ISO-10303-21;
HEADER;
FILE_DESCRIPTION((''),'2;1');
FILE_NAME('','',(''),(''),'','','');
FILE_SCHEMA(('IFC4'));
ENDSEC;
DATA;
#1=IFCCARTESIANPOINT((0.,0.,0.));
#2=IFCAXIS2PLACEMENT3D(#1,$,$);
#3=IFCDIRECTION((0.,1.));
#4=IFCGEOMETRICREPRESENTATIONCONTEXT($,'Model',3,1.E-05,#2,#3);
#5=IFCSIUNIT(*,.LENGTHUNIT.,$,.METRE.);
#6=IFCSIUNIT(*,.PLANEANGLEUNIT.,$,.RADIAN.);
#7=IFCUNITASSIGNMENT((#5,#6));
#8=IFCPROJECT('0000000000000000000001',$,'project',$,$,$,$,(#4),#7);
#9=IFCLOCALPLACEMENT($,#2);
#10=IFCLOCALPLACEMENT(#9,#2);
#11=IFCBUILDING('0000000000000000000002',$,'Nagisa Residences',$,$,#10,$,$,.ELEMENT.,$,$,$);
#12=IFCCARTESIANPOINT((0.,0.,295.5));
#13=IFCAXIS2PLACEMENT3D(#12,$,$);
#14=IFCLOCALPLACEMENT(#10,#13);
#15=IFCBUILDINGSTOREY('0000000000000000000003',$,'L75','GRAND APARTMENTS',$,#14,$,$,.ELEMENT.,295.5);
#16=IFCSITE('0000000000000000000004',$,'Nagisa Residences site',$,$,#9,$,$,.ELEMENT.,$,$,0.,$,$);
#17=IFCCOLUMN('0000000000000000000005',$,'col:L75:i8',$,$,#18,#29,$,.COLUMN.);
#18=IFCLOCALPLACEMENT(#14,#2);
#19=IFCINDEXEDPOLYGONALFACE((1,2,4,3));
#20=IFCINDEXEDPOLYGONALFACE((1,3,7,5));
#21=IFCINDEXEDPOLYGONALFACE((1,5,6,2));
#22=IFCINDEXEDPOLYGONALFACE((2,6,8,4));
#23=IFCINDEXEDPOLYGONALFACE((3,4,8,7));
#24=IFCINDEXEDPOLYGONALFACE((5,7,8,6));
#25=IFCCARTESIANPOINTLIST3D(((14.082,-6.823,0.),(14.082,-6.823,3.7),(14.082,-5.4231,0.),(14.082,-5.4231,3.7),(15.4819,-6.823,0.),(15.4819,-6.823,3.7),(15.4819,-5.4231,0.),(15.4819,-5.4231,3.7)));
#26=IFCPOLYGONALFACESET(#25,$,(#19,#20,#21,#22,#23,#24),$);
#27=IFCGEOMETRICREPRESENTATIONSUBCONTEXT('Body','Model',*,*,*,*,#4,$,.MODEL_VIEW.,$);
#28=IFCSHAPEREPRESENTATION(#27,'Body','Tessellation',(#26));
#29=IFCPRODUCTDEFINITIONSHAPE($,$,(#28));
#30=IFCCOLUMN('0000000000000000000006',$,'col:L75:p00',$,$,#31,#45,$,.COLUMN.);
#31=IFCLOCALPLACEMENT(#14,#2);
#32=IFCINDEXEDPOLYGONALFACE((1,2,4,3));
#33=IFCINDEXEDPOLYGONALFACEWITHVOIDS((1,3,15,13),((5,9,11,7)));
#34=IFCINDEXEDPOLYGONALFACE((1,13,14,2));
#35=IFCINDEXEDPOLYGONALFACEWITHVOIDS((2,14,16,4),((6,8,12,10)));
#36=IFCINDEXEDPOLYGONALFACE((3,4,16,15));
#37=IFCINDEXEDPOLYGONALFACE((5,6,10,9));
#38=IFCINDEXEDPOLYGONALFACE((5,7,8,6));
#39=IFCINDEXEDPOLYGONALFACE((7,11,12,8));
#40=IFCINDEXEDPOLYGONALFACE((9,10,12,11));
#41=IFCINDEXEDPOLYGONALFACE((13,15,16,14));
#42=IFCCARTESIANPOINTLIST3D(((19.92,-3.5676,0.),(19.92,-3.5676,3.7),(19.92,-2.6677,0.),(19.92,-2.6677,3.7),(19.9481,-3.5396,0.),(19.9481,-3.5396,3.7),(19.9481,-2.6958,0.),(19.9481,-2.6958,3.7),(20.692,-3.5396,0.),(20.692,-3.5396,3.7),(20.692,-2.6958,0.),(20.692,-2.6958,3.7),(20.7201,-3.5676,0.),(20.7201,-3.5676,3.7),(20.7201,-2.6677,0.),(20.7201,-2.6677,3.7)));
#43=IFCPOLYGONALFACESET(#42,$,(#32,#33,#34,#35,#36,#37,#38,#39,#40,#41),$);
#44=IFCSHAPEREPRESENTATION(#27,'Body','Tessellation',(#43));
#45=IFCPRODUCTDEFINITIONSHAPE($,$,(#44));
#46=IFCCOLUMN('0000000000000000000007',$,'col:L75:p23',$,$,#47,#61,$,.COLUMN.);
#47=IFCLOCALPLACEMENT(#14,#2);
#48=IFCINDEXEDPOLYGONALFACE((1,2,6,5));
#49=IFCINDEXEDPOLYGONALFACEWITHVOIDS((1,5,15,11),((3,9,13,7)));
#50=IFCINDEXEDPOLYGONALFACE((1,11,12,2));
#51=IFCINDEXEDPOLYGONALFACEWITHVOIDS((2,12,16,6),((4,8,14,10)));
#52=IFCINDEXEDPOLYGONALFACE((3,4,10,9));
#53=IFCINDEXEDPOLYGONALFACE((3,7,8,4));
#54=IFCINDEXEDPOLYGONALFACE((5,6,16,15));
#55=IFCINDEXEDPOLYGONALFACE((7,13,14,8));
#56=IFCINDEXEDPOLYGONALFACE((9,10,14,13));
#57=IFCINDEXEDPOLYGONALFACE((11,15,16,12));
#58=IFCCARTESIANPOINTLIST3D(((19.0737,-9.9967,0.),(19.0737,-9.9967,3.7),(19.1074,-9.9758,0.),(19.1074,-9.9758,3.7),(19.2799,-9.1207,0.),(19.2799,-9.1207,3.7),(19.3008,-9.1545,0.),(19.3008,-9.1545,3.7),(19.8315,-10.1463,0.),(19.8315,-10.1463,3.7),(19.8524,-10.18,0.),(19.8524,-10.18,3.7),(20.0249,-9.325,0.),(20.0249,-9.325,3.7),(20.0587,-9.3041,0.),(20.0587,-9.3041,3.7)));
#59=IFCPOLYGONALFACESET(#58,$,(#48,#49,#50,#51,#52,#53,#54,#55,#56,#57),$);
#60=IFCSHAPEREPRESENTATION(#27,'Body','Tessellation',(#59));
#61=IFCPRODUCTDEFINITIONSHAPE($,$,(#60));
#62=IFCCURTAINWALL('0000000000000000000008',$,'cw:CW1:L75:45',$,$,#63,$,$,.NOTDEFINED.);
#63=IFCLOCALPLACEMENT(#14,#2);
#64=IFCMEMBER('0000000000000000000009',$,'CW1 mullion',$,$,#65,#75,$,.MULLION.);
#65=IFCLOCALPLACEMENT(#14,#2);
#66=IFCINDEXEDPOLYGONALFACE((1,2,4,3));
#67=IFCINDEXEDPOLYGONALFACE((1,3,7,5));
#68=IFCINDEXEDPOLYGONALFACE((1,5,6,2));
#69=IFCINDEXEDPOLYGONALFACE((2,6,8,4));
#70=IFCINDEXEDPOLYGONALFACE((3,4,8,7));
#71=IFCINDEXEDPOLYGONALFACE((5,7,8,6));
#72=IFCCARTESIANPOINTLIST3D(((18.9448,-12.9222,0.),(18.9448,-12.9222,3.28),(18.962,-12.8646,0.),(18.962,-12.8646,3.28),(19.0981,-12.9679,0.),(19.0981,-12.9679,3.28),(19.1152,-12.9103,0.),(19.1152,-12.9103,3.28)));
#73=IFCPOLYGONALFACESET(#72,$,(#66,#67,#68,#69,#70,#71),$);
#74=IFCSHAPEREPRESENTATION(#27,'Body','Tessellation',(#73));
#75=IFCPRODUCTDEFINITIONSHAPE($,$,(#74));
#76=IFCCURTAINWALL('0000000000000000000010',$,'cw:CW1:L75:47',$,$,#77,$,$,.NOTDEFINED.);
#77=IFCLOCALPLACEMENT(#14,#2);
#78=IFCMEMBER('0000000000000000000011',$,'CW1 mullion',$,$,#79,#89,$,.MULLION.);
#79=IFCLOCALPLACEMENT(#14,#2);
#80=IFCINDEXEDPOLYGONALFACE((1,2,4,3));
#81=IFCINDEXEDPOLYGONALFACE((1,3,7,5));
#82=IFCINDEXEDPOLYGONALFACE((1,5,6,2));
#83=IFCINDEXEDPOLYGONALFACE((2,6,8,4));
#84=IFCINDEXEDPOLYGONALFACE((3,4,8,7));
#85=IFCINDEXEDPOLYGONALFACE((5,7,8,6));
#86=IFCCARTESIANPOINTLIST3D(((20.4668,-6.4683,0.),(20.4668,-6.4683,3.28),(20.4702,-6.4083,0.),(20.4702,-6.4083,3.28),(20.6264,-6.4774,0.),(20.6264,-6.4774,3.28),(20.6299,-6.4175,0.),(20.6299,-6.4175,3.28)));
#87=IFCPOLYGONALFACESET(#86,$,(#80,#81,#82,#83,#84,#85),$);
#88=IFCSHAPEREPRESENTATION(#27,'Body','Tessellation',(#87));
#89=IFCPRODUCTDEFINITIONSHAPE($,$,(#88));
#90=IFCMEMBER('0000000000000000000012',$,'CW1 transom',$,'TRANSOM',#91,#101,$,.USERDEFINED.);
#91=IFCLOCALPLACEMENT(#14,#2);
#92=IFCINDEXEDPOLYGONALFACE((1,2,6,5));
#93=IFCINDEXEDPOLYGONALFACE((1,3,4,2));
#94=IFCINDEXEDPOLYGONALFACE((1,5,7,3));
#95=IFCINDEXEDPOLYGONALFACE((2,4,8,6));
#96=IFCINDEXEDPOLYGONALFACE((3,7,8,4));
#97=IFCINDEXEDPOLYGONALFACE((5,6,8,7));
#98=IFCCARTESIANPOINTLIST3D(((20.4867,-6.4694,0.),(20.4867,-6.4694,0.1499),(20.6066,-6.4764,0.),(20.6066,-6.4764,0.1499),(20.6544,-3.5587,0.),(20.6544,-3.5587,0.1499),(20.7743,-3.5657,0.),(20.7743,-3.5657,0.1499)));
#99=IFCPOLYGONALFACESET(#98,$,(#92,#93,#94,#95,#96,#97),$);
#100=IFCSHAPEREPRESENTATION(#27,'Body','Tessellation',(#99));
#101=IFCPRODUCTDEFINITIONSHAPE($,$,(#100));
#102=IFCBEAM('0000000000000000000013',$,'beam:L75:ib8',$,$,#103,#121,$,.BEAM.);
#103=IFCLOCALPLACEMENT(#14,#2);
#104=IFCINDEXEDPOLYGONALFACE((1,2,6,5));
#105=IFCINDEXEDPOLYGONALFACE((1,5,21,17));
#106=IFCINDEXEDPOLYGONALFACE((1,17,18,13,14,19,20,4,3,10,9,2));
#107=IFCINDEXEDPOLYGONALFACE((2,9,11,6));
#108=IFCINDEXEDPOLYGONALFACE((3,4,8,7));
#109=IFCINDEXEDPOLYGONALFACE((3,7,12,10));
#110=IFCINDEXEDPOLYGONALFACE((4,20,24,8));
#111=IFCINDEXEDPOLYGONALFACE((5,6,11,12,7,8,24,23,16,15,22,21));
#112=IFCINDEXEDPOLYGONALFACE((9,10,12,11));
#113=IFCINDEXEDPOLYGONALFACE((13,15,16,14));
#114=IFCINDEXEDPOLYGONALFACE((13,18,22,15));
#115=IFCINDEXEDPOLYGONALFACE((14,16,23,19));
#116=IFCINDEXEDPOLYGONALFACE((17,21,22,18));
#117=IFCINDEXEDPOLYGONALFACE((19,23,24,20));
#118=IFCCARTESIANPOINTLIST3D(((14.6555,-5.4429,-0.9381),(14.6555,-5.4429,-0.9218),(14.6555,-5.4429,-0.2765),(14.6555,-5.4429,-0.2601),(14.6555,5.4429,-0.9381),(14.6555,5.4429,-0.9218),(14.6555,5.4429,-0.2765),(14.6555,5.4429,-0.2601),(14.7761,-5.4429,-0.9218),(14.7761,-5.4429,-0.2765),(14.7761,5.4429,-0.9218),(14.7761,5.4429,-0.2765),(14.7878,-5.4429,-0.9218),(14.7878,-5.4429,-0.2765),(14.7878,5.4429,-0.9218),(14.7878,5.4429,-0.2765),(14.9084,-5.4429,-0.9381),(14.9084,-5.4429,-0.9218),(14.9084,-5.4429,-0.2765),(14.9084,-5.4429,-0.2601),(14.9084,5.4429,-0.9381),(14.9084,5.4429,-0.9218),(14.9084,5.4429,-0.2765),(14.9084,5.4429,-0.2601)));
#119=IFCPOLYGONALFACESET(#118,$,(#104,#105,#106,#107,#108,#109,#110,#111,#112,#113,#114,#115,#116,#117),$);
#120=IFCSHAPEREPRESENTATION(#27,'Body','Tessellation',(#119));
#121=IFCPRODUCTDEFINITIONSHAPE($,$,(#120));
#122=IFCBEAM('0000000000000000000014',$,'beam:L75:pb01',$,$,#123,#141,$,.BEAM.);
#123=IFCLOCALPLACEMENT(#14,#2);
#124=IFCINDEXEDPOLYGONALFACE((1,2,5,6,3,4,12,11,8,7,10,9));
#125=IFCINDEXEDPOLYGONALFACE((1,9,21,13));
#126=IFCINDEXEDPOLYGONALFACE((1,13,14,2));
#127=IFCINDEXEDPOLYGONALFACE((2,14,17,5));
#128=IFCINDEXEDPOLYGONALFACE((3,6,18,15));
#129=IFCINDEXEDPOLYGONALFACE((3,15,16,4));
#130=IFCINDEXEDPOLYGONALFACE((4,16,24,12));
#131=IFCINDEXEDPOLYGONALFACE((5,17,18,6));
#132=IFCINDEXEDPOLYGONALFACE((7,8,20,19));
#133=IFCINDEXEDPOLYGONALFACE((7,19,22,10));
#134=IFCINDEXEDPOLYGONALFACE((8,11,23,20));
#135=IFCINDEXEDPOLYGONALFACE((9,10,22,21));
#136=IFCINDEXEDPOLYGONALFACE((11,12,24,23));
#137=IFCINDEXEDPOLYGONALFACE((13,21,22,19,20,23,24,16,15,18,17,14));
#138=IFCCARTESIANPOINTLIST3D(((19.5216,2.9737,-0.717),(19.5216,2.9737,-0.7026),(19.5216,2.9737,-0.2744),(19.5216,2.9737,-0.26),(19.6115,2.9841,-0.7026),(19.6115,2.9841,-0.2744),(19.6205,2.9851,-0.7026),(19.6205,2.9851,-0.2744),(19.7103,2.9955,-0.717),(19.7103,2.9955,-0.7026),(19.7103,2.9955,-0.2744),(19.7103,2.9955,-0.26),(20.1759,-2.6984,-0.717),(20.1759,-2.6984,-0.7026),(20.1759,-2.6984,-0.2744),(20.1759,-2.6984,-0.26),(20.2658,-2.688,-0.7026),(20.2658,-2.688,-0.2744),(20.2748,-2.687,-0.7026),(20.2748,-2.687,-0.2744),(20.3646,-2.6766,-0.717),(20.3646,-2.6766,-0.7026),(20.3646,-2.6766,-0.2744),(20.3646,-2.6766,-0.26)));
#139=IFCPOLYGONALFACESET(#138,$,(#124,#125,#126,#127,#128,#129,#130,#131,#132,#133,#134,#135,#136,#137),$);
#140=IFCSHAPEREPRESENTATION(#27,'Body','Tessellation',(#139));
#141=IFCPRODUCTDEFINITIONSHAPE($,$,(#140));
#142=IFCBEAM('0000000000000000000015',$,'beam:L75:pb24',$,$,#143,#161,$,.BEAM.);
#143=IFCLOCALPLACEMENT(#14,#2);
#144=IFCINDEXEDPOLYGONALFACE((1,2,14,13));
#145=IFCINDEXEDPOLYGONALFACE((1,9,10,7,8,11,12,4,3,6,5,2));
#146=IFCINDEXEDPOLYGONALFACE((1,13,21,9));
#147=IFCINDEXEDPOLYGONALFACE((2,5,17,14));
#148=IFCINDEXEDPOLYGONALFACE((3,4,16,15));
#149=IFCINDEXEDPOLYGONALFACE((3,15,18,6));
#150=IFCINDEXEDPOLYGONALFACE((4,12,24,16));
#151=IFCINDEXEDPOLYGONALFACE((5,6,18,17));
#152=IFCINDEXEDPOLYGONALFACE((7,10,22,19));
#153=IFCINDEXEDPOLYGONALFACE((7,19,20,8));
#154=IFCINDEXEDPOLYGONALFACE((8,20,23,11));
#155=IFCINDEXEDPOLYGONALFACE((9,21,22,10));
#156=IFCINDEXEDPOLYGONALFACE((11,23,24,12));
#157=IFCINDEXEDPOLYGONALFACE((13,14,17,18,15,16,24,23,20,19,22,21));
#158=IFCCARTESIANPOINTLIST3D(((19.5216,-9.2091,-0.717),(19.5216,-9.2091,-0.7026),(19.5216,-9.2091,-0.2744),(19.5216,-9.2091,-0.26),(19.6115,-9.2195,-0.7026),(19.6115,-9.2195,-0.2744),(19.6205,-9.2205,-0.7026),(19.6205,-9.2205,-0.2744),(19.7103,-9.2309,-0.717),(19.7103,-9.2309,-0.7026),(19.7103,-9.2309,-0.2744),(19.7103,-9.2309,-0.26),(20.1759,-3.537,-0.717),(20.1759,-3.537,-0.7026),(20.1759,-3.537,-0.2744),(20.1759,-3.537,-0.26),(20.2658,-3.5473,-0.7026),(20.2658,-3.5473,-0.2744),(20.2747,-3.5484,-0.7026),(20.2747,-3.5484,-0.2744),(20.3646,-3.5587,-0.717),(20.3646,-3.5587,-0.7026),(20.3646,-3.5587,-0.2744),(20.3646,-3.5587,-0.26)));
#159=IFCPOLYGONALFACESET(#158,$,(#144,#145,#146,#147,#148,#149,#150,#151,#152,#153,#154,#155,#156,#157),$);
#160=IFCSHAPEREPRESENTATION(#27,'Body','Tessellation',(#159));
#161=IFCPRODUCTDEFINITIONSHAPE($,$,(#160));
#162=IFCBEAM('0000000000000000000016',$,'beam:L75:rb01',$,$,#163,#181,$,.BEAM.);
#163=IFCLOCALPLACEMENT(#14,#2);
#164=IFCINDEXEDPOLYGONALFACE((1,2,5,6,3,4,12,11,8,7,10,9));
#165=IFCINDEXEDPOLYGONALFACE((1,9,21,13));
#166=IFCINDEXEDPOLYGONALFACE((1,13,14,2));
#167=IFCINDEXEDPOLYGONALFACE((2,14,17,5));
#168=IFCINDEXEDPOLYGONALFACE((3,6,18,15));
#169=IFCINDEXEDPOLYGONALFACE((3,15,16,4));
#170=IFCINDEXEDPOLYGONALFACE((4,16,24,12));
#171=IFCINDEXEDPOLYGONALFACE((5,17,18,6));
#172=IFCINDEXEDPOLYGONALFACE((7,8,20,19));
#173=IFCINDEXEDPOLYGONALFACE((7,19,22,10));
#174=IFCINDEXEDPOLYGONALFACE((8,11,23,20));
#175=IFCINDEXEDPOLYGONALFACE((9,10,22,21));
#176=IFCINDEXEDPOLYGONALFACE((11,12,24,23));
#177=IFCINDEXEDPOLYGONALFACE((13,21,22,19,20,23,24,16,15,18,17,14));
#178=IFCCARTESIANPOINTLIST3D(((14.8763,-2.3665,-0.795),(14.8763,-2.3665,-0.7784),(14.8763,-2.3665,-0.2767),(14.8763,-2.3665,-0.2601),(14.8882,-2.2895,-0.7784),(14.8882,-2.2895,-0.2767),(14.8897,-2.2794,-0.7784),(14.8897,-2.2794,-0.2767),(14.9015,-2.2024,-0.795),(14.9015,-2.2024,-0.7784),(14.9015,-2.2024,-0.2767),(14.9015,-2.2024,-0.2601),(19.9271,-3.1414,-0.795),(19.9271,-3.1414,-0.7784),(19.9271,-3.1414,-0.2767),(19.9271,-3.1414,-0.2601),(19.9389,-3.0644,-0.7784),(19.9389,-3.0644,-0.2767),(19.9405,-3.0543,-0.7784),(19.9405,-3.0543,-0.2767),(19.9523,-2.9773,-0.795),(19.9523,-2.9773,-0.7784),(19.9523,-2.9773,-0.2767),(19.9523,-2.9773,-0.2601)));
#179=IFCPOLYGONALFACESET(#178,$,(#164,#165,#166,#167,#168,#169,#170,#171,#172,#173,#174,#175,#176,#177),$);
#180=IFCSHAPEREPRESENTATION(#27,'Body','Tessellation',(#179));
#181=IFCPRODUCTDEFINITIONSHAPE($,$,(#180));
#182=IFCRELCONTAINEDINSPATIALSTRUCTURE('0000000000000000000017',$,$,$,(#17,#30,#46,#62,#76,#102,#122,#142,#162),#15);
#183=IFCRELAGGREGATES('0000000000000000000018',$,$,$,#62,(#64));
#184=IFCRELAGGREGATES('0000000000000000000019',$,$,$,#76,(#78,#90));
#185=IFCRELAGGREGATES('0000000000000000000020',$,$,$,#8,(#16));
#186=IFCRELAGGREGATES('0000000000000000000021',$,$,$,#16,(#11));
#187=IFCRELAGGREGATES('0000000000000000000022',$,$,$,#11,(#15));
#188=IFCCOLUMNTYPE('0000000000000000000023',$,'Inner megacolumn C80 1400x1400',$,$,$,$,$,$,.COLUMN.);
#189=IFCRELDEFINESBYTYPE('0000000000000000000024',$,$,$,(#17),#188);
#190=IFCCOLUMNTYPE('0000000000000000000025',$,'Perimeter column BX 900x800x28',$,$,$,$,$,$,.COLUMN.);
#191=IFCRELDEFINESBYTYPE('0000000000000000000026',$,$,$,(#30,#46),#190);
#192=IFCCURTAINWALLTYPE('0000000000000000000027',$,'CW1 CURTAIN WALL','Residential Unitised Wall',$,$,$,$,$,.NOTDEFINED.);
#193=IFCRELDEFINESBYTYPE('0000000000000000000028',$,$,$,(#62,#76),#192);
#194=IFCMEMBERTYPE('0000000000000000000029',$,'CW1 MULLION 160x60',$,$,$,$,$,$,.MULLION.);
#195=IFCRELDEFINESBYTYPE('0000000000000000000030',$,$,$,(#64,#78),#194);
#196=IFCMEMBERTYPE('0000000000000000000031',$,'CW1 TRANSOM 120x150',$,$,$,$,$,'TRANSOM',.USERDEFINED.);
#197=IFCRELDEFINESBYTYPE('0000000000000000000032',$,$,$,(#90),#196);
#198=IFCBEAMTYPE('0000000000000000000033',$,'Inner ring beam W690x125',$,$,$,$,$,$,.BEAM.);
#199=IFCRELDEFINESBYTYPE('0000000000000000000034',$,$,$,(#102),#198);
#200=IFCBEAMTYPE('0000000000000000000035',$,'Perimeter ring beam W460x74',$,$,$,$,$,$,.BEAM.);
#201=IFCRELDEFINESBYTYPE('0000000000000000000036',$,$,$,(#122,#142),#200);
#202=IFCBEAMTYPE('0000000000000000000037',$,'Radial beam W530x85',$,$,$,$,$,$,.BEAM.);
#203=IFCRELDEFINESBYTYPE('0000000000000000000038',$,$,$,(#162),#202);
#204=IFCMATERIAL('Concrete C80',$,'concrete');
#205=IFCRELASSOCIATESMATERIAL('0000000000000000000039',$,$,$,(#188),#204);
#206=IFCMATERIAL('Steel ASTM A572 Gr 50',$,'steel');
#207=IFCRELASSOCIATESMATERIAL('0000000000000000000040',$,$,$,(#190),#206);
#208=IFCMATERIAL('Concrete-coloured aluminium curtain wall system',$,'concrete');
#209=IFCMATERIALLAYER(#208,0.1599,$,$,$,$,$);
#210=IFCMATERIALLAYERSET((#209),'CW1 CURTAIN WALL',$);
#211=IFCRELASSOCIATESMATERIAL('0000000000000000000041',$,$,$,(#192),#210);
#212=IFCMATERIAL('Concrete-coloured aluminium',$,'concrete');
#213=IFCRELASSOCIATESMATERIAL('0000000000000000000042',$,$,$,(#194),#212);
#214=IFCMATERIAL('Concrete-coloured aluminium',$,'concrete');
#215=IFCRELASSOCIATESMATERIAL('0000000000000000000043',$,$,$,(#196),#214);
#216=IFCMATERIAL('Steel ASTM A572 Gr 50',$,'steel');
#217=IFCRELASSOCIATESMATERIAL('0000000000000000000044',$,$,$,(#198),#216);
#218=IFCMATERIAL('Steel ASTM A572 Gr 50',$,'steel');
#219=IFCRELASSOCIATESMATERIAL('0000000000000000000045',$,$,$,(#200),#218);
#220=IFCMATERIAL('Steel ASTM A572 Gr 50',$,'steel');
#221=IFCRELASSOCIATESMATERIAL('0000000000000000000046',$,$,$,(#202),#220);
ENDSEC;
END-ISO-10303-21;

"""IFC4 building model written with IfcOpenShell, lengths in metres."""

from ifc_helpers import new_model, si_unit, direction, frame, origin, origin_2d, place, context, subcontext, project, spatial, rectangle, hollow_rectangle, i_section, extrude, material, layer, layer_set, material_profile, profile_set, type_object, element, aggregate, save


model = new_model("IFC4")

# Units and contexts
model_context = context("Model", 3, precision=1e-05, world=origin(), true_north=direction((0.0, 1.0)))
body_context = subcontext(model_context, "Body", "Model", "MODEL_VIEW")
ifc_project = project(units=[si_unit("LENGTHUNIT", "METRE"), si_unit("PLANEANGLEUNIT", "RADIAN")], contexts=[model_context])

# Site, building, storey
site_placement = place(None, origin())
site = spatial("IfcSite", under=ifc_project, at=site_placement, Name="Nagisa Residences site", CompositionType="ELEMENT", RefElevation=0.0)
building_placement = place(site_placement, origin())
building = spatial("IfcBuilding", under=site, at=building_placement, Name="Nagisa Residences", CompositionType="ELEMENT")
storey_placement = place(building_placement, frame((0.0, 0.0, 295.5)))
storey = spatial("IfcBuildingStorey", under=building, at=storey_placement, Name="L75", Description="GRAND APARTMENTS", CompositionType="ELEMENT", Elevation=295.5)

# Columns
ifc_material_1 = material(Name="Concrete C80", Category="concrete")
ifc_material_profile_1 = material_profile(ifc_material_1, rectangle(XDim=1.3999, YDim=1.3999, at=origin_2d()), Name="C80 1400x1400")
ifc_profile_set_1 = profile_set([ifc_material_profile_1], Name="Concrete C80")
column_type_1 = type_object("IfcColumnType", Name="Inner megacolumn C80 1400x1400", PredefinedType="COLUMN", material=ifc_profile_set_1)
column_placement = place(storey_placement, frame((14.782, -6.123, 0.0), z_axis=(0.0, 0.0, 1.0), x_axis=(1.0, 0.0, 0.0)))
element("IfcColumn", 1, at=column_placement, inside=storey, type_object=column_type_1, Name="col:L75:i8", PredefinedType="COLUMN", context=body_context, shape_type="SweptSolid", body=[
    extrude(rectangle(XDim=1.3999, YDim=1.3999, at=origin_2d()), origin(), (0.0, 0.0, 1.0), 3.7),
])
ifc_material_2 = material(Name="Steel ASTM A572 Gr 50", Category="steel")
ifc_material_profile_2 = material_profile(ifc_material_2, hollow_rectangle(XDim=0.8999, YDim=0.8, WallThickness=0.0281, at=origin_2d()), Name="BX 900x800x28")
ifc_profile_set_2 = profile_set([ifc_material_profile_2], Name="Steel ASTM A572 Gr 50")
column_type_2 = type_object("IfcColumnType", Name="Perimeter column BX 900x800x28", PredefinedType="COLUMN", material=ifc_profile_set_2)
for number, where, z_axis, x_axis, name in (
    (2, (20.3201, -3.1177, 0.0), (0.0, 0.0, 1.0), (0.0, 1.0, 0.0), "col:L75:p00"),
    (3, (19.5662, -9.6504, 0.0), (0.0, 0.0, 1.0), (0.229202, 0.973379, 0.0), "col:L75:p23"),
):
    element("IfcColumn", number, at=place(storey_placement, frame(where, z_axis=z_axis, x_axis=x_axis)), inside=storey, type_object=column_type_2, Name=name, PredefinedType="COLUMN", context=body_context, shape_type="SweptSolid", body=[
        extrude(hollow_rectangle(XDim=0.8999, YDim=0.8, WallThickness=0.0281, at=origin_2d()), origin(), (0.0, 0.0, 1.0), 3.7),
    ])

# Curtain wall, member
ifc_material_3 = material(Name="Concrete-coloured aluminium curtain wall system", Category="concrete")
ifc_layer_1 = layer(ifc_material_3, 0.1599)
ifc_layer_set_1 = layer_set([ifc_layer_1], Name="CW1 CURTAIN WALL")
curtain_wall_type = type_object("IfcCurtainWallType", Name="CW1 CURTAIN WALL", Description="Residential Unitised Wall", PredefinedType="NOTDEFINED", material=ifc_layer_set_1)
curtain_wall_1_placement = place(storey_placement, origin())
curtain_wall_1 = element("IfcCurtainWall", 4, at=curtain_wall_1_placement, inside=storey, type_object=curtain_wall_type, Name="cw:CW1:L75:45", PredefinedType="NOTDEFINED")
ifc_material_4 = material(Name="Concrete-coloured aluminium", Category="concrete")
ifc_material_profile_3 = material_profile(ifc_material_4, rectangle(XDim=0.1599, YDim=0.0601, at=origin_2d()), Name="CW1 MULLION 160x60")
ifc_profile_set_3 = profile_set([ifc_material_profile_3], Name="Concrete-coloured aluminium")
member_type_1 = type_object("IfcMemberType", Name="CW1 MULLION 160x60", PredefinedType="MULLION", material=ifc_profile_set_3)
member_1_placement = place(storey_placement, frame((19.03, -12.9163, 0.0), z_axis=(0.0, 0.0, 1.0), x_axis=(-0.958271, 0.28586, 0.0)))
member_1 = element("IfcMember", 5, at=member_1_placement, type_object=member_type_1, Name="CW1 mullion", PredefinedType="MULLION", context=body_context, shape_type="SweptSolid", body=[
    extrude(rectangle(XDim=0.1599, YDim=0.0601, at=origin_2d()), origin(), (0.0, 0.0, 1.0), 3.28),
])

# Curtain wall, members
curtain_wall_2_placement = place(storey_placement, origin())
curtain_wall_2 = element("IfcCurtainWall", 6, at=curtain_wall_2_placement, inside=storey, type_object=curtain_wall_type, Name="cw:CW1:L75:47", PredefinedType="NOTDEFINED")
member_2_placement = place(storey_placement, frame((20.5483, -6.4429, 0.0), z_axis=(0.0, 0.0, 1.0), x_axis=(-0.998345, 0.057503, 0.0)))
member_2 = element("IfcMember", 7, at=member_2_placement, type_object=member_type_1, Name="CW1 mullion", PredefinedType="MULLION", context=body_context, shape_type="SweptSolid", body=[
    extrude(rectangle(XDim=0.1599, YDim=0.0601, at=origin_2d()), origin(), (0.0, 0.0, 1.0), 3.28),
])
ifc_material_5 = material(Name="Concrete-coloured aluminium", Category="concrete")
ifc_material_profile_4 = material_profile(ifc_material_5, rectangle(XDim=0.1201, YDim=0.1499, at=origin_2d()), Name="CW1 TRANSOM 120x150")
ifc_profile_set_4 = profile_set([ifc_material_profile_4], Name="Concrete-coloured aluminium")
member_type_2 = type_object("IfcMemberType", Name="CW1 TRANSOM 120x150", ElementType="TRANSOM", PredefinedType="USERDEFINED", material=ifc_profile_set_4)
member_3_placement = place(storey_placement, frame((20.5466, -6.4729, 0.075), z_axis=(0.057529, 0.998344, 0.0), x_axis=(-0.998344, 0.057529, 0.0)))
member_3 = element("IfcMember", 8, at=member_3_placement, type_object=member_type_2, Name="CW1 transom", ObjectType="TRANSOM", PredefinedType="USERDEFINED", context=body_context, shape_type="SweptSolid", body=[
    extrude(rectangle(XDim=0.1201, YDim=0.1499, at=origin_2d()), origin(), (0.0, 0.0, 1.0), 2.9155),
])

# Beams
ifc_material_6 = material(Name="Steel ASTM A572 Gr 50", Category="steel")
ifc_material_profile_5 = material_profile(ifc_material_6, i_section(OverallWidth=0.2529, OverallDepth=0.678, WebThickness=0.0117, FlangeThickness=0.0164, at=origin_2d()), Name="W690x125")
ifc_profile_set_5 = profile_set([ifc_material_profile_5], Name="Steel ASTM A572 Gr 50")
beam_type_1 = type_object("IfcBeamType", Name="Inner ring beam W690x125", PredefinedType="BEAM", material=ifc_profile_set_5)
beam_1_placement = place(storey_placement, frame((14.782, -5.4429, -0.5991), z_axis=(0.0, 1.0, 0.0), x_axis=(-1.0, 0.0, 0.0)))
element("IfcBeam", 9, at=beam_1_placement, inside=storey, type_object=beam_type_1, Name="beam:L75:ib8", PredefinedType="BEAM", context=body_context, shape_type="SweptSolid", body=[
    extrude(i_section(OverallWidth=0.2529, OverallDepth=0.678, WebThickness=0.0117, FlangeThickness=0.0164, at=origin_2d()), origin(), (0.0, 0.0, 1.0), 10.8857),
])
ifc_material_7 = material(Name="Steel ASTM A572 Gr 50", Category="steel")
ifc_material_profile_6 = material_profile(ifc_material_7, i_section(OverallWidth=0.1899, OverallDepth=0.457, WebThickness=0.009, FlangeThickness=0.0144, at=origin_2d()), Name="W460x74")
ifc_profile_set_6 = profile_set([ifc_material_profile_6], Name="Steel ASTM A572 Gr 50")
beam_type_2 = type_object("IfcBeamType", Name="Perimeter ring beam W460x74", PredefinedType="BEAM", material=ifc_profile_set_6)
for number, where, z_axis, x_axis, name in (
    (10, (20.2703, -2.6875, -0.4885), (-0.114593, 0.993412, 0.0), (-0.993412, -0.114593, 0.0), "beam:L75:pb01"),
    (11, (19.616, -9.22, -0.4885), (0.114593, 0.993412, 0.0), (-0.993412, 0.114593, 0.0), "beam:L75:pb24"),
):
    element("IfcBeam", number, at=place(storey_placement, frame(where, z_axis=z_axis, x_axis=x_axis)), inside=storey, type_object=beam_type_2, Name=name, PredefinedType="BEAM", context=body_context, shape_type="SweptSolid", body=[
        extrude(i_section(OverallWidth=0.1899, OverallDepth=0.457, WebThickness=0.009, FlangeThickness=0.0144, at=origin_2d()), origin(), (0.0, 0.0, 1.0), 5.7097),
    ])
ifc_material_8 = material(Name="Steel ASTM A572 Gr 50", Category="steel")
ifc_material_profile_7 = material_profile(ifc_material_8, i_section(OverallWidth=0.166, OverallDepth=0.5349, WebThickness=0.0103, FlangeThickness=0.0166, at=origin_2d()), Name="W530x85")
ifc_profile_set_7 = profile_set([ifc_material_profile_7], Name="Steel ASTM A572 Gr 50")
beam_type_3 = type_object("IfcBeamType", Name="Radial beam W530x85", PredefinedType="BEAM", material=ifc_profile_set_7)
beam_2_placement = place(storey_placement, frame((19.9397, -3.0593, -0.5276), z_axis=(-0.988435, 0.151648, 0.0), x_axis=(-0.151648, -0.988435, 0.0)))
element("IfcBeam", 12, at=beam_2_placement, inside=storey, type_object=beam_type_3, Name="beam:L75:rb01", PredefinedType="BEAM", context=body_context, shape_type="SweptSolid", body=[
    extrude(i_section(OverallWidth=0.166, OverallDepth=0.5349, WebThickness=0.0103, FlangeThickness=0.0166, at=origin_2d()), origin(), (0.0, 0.0, 1.0), 5.1099),
])

aggregate(curtain_wall_1, [member_1])
aggregate(curtain_wall_2, [member_2, member_3])

save(model, "model.ifc")
